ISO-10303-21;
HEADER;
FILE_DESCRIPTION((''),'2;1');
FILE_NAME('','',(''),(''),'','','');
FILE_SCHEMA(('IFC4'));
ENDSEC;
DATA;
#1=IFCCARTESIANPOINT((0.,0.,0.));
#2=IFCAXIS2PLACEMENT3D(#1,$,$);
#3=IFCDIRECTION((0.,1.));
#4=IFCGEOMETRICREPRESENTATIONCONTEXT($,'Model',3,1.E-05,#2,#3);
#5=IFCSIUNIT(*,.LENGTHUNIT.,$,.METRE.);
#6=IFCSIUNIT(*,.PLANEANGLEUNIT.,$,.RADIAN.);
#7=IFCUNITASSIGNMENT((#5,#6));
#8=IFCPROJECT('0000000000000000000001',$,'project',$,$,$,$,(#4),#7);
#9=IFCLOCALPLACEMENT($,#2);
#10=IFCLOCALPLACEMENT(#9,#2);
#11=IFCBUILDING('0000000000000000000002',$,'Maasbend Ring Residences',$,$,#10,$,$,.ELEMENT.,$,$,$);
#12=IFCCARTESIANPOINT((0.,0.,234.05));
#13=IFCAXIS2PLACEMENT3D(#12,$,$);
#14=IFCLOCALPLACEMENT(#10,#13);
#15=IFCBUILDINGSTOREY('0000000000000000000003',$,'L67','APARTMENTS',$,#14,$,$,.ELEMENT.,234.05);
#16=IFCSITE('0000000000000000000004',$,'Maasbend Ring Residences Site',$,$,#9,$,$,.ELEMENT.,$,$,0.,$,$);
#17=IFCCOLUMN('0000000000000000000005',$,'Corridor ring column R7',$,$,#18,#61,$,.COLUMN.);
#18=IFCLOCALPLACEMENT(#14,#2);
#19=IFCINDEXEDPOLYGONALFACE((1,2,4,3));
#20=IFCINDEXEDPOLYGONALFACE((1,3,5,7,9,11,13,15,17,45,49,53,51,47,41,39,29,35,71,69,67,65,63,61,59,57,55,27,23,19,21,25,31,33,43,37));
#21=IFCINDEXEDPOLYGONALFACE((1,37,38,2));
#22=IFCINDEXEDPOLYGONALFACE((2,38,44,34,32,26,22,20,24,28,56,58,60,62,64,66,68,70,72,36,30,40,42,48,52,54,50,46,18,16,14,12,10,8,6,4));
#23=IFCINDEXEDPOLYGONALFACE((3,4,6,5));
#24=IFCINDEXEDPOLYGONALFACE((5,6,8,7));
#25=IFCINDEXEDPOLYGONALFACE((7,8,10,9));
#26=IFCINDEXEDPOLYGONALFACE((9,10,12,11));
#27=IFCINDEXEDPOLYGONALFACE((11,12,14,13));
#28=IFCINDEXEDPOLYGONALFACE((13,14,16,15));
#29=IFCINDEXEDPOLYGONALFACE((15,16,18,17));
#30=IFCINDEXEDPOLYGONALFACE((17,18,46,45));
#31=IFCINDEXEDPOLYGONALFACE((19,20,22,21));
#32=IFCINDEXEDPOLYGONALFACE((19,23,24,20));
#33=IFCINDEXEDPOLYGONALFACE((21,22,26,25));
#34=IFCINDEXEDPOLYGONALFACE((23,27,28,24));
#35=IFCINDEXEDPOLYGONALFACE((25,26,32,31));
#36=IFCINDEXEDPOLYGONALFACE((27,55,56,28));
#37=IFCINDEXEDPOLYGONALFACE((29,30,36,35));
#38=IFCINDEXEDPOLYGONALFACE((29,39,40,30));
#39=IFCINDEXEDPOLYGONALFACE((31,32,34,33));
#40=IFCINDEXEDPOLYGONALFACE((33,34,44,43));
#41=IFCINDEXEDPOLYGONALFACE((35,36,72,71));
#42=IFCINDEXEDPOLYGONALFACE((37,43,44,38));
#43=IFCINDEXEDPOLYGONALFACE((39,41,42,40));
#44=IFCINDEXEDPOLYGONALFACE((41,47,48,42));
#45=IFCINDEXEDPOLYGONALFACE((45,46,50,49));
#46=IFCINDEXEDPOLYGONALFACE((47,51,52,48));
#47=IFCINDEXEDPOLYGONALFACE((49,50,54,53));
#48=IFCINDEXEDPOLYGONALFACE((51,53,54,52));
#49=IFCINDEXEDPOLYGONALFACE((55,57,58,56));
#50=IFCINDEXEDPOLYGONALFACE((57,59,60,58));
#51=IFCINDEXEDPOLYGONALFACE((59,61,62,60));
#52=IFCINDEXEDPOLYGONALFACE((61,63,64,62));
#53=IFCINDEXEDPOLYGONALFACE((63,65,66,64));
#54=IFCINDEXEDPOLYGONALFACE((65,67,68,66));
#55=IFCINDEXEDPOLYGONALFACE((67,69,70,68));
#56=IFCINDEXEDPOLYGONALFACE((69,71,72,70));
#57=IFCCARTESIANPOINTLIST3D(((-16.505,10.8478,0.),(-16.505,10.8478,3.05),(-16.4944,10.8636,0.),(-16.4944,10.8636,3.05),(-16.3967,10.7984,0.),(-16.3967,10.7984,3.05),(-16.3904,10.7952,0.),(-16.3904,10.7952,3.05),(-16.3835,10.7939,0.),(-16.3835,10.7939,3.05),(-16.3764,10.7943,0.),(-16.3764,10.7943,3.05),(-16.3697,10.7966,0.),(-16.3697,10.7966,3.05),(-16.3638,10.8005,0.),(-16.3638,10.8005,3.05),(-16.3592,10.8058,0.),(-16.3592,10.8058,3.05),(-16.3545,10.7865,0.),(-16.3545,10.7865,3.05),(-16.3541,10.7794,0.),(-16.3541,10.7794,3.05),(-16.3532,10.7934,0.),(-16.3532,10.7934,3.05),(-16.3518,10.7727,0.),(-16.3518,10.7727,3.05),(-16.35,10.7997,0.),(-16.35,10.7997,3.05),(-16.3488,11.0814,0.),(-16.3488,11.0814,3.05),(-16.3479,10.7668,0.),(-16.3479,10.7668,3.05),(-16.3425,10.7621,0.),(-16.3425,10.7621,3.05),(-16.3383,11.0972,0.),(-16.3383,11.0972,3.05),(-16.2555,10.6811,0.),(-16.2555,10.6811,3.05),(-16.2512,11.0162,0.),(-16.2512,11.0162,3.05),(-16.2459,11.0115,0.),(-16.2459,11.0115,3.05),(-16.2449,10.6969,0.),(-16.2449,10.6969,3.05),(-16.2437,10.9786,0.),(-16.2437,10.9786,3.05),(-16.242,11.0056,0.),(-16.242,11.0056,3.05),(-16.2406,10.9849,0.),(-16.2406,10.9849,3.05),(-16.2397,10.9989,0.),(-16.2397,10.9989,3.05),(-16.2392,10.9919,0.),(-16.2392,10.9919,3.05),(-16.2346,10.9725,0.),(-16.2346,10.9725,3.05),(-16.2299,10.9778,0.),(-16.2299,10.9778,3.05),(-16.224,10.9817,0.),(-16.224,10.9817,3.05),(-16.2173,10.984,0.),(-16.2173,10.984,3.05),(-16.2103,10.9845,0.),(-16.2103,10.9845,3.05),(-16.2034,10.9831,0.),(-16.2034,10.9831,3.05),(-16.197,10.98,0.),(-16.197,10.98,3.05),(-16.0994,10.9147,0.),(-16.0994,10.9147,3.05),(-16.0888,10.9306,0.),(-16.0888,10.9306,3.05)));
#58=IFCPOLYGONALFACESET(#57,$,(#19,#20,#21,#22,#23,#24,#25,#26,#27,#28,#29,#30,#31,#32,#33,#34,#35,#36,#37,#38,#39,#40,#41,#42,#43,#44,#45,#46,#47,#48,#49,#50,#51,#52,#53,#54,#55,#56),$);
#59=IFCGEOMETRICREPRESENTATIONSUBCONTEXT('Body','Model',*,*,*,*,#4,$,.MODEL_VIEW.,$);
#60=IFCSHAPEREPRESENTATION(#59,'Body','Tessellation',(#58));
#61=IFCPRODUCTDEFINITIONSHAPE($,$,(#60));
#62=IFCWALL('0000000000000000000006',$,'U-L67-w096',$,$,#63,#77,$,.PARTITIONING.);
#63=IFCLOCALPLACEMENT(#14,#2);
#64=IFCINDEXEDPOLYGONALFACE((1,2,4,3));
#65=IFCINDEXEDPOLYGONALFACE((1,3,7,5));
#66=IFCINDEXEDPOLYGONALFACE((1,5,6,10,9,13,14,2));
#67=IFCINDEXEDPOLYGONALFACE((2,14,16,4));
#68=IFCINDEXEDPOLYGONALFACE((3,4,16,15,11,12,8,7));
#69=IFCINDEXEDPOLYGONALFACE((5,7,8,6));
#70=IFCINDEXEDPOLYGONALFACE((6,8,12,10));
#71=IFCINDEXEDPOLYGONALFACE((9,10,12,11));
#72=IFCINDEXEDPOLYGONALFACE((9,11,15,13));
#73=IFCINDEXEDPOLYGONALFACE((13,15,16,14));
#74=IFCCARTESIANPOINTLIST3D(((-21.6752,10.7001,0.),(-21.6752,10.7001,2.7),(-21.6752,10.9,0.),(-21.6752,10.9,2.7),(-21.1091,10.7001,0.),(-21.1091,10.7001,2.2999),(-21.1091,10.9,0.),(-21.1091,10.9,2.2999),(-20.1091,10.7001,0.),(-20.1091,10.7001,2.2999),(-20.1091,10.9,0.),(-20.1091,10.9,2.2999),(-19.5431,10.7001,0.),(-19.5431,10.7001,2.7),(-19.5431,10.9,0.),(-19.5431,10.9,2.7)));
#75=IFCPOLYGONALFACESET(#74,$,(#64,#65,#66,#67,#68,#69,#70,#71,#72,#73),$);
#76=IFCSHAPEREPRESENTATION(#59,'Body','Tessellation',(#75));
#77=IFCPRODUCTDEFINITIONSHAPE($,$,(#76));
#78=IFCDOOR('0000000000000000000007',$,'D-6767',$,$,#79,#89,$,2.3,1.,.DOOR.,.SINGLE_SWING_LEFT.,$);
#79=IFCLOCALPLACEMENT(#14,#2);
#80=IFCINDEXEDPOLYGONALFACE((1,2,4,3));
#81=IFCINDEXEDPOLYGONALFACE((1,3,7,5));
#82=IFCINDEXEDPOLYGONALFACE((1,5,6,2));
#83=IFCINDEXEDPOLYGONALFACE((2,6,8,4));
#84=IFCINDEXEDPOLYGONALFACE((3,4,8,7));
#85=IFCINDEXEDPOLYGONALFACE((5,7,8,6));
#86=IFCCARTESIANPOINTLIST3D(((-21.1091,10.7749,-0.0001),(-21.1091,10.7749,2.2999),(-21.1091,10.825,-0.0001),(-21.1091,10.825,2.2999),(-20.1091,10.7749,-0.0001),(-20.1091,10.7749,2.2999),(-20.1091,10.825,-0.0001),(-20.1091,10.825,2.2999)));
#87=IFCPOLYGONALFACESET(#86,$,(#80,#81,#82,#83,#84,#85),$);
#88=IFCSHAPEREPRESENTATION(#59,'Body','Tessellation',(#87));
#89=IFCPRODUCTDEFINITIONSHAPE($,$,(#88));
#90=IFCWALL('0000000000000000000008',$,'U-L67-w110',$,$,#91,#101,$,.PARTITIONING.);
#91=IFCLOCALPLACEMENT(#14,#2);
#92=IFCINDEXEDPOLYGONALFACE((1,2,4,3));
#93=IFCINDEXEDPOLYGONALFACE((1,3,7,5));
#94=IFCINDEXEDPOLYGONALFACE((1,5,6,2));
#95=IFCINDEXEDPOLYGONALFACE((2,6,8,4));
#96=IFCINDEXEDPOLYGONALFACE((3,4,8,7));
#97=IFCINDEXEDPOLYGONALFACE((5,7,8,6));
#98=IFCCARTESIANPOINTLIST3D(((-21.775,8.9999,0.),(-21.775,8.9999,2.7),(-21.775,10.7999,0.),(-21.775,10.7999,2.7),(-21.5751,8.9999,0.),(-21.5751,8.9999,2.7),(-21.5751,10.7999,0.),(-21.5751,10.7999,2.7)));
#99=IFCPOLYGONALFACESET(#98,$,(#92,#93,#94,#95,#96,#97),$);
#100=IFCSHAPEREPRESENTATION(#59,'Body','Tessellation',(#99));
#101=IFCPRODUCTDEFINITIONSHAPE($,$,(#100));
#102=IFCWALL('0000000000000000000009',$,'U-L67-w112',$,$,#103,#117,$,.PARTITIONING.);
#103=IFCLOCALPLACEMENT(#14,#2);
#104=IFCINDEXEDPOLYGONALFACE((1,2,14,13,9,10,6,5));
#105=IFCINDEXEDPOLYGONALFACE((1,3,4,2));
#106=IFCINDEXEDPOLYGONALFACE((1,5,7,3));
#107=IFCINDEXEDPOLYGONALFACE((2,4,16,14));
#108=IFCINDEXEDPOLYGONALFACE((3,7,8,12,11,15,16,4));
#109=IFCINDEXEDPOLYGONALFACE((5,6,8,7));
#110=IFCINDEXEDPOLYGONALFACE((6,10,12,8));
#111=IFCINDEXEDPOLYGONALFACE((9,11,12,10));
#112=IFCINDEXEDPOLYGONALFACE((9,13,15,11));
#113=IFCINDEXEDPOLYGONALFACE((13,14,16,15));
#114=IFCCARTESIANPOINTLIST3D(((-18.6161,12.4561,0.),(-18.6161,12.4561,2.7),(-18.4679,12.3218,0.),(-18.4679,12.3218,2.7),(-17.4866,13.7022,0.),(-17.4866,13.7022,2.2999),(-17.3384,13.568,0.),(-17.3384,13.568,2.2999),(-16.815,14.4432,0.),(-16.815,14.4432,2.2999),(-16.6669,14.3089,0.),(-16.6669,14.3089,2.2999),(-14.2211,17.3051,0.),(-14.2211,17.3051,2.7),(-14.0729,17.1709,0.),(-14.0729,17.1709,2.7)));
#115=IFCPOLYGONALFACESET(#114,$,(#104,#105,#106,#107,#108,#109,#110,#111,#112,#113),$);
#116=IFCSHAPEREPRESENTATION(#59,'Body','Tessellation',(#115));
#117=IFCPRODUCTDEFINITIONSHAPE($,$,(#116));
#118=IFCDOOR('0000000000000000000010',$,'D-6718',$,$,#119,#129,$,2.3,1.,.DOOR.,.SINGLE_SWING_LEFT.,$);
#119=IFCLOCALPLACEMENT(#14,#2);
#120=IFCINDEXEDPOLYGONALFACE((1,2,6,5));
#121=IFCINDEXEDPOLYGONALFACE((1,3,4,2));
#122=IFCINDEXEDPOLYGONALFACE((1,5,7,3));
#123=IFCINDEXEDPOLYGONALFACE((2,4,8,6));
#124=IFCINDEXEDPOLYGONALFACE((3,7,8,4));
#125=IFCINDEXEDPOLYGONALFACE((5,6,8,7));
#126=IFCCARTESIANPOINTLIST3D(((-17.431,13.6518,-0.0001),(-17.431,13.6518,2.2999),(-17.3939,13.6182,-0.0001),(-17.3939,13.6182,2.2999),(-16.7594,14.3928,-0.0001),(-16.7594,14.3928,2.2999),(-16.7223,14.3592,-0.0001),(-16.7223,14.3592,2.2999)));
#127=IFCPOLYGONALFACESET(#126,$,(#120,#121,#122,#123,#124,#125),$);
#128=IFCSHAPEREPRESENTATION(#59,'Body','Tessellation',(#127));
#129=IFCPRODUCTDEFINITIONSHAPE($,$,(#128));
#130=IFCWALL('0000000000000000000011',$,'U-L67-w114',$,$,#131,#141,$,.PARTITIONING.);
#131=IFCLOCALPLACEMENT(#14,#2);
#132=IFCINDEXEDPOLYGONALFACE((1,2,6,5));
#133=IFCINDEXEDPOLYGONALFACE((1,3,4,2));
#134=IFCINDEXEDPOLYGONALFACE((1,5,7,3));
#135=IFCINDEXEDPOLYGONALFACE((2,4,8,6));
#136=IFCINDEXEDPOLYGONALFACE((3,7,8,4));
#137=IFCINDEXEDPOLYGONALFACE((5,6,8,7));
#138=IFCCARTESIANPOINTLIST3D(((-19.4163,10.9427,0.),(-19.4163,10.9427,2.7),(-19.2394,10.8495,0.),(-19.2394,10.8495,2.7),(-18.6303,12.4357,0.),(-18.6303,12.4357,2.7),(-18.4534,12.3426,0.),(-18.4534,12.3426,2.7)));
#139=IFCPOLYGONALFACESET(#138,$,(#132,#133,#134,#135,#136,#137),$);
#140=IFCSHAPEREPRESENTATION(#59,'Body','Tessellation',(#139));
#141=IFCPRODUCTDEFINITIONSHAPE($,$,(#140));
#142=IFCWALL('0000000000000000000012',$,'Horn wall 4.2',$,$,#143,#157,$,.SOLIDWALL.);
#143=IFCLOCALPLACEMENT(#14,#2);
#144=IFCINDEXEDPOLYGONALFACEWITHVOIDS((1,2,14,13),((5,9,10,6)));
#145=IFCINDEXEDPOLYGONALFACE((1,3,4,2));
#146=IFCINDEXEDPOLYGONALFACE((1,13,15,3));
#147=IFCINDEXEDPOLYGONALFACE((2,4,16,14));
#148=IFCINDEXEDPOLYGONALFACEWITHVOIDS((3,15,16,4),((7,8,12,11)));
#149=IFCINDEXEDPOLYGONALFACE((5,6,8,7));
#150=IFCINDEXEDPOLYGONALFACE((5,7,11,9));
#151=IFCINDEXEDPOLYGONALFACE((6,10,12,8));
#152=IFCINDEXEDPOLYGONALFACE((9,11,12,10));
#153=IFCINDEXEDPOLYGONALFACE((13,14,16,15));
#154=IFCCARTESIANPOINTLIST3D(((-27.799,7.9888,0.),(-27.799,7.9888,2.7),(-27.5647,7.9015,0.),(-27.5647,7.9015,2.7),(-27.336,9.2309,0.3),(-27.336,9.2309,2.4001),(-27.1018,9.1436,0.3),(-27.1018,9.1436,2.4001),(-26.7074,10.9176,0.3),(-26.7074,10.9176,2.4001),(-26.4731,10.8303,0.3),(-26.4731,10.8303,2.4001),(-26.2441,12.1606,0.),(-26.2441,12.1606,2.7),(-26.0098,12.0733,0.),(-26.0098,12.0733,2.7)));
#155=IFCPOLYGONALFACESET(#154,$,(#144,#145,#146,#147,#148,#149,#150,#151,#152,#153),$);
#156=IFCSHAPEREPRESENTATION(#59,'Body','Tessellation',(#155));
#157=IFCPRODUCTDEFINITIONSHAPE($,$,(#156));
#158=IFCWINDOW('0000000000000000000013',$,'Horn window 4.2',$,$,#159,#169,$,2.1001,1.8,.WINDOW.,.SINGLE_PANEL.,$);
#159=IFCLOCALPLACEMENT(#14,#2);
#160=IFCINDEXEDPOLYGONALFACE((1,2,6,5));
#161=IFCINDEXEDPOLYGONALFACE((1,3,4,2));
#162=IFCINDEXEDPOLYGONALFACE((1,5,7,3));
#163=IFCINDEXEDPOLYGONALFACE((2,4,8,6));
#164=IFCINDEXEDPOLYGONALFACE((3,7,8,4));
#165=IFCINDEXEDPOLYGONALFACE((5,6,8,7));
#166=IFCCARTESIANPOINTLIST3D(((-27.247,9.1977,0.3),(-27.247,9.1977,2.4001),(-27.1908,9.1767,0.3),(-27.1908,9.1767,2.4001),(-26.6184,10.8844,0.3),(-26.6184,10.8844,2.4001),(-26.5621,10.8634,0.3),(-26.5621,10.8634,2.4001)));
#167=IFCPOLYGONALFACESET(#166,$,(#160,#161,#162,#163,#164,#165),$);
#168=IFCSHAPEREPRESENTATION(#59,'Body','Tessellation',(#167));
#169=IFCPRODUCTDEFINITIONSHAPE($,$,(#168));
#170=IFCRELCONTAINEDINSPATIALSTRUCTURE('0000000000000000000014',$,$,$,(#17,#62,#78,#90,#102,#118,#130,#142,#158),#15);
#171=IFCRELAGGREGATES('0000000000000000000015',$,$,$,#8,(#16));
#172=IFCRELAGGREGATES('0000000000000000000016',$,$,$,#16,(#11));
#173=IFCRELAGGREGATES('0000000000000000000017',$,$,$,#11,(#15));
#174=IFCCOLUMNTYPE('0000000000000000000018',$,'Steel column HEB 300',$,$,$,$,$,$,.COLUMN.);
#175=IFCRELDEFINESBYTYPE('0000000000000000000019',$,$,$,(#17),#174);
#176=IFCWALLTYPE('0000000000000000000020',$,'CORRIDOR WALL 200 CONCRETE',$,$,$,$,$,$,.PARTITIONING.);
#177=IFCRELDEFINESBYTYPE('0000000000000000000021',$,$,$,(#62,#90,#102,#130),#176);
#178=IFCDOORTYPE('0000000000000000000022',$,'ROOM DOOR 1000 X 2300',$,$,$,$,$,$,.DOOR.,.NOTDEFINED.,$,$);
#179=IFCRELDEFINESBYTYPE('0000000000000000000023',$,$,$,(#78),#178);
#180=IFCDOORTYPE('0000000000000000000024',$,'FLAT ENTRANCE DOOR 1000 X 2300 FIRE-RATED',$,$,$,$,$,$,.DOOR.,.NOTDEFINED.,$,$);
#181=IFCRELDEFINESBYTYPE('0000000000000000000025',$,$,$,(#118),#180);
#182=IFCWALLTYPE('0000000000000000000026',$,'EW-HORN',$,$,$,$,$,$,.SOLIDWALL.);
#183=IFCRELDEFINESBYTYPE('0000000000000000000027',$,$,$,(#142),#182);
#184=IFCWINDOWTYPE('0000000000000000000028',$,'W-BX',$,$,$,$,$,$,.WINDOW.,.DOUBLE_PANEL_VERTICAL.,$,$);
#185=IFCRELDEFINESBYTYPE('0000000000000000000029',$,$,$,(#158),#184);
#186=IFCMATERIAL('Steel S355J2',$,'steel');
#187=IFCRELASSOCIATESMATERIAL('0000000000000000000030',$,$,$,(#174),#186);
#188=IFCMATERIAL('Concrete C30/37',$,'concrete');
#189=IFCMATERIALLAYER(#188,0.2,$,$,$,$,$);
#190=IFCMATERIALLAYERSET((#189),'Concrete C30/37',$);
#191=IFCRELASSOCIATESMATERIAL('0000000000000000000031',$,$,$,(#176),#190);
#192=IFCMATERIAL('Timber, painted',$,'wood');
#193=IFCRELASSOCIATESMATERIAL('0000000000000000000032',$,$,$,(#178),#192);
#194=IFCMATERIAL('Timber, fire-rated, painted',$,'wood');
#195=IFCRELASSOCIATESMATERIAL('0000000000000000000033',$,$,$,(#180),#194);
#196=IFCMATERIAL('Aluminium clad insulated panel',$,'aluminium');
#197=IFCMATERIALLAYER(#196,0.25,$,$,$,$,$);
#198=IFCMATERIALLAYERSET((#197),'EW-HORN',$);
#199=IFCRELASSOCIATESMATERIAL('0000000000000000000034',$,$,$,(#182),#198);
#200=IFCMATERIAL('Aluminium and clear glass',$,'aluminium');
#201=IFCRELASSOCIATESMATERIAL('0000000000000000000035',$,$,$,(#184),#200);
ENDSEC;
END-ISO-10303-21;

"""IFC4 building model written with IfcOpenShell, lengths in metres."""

from ifc_helpers import new_model, si_unit, direction, frame, frame_2d, origin, origin_2d, place, context, subcontext, project, spatial, rectangle, i_section, extrude, material, layer, layer_set, material_profile, profile_set, type_object, element, fill, save


model = new_model("IFC4")

# Units and contexts
model_context = context("Model", 3, precision=1e-05, world=origin(), true_north=direction((0.0, 1.0)))
body_context = subcontext(model_context, "Body", "Model", "MODEL_VIEW")
ifc_project = project(units=[si_unit("LENGTHUNIT", "METRE"), si_unit("PLANEANGLEUNIT", "RADIAN")], contexts=[model_context])

# Site, building, storey
site_placement = place(None, origin())
site = spatial("IfcSite", under=ifc_project, at=site_placement, Name="Maasbend Ring Residences Site", CompositionType="ELEMENT", RefElevation=0.0)
building_placement = place(site_placement, origin())
building = spatial("IfcBuilding", under=site, at=building_placement, Name="Maasbend Ring Residences", CompositionType="ELEMENT")
storey_placement = place(building_placement, frame((0.0, 0.0, 234.05)))
storey = spatial("IfcBuildingStorey", under=building, at=storey_placement, Name="L67", Description="APARTMENTS", CompositionType="ELEMENT", Elevation=234.05)

# Column
ifc_material_1 = material(Name="Steel S355J2", Category="steel")
ifc_material_profile = material_profile(ifc_material_1, i_section(OverallWidth=0.3, OverallDepth=0.3, WebThickness=0.011, FlangeThickness=0.019, FilletRadius=0.0271, at=origin_2d()), Name="HEB 300")
ifc_profile_set = profile_set([ifc_material_profile], Name="Steel S355J2")
column_type = type_object("IfcColumnType", Name="Steel column HEB 300", PredefinedType="COLUMN", material=ifc_profile_set)
column_placement = place(storey_placement, frame((-16.2969, 10.8892, 0.0), z_axis=(0.0, 0.0, 1.0), x_axis=(-0.83147, 0.55557, 0.0)))
element("IfcColumn", 1, at=column_placement, inside=storey, type_object=column_type, Name="Corridor ring column R7", PredefinedType="COLUMN", context=body_context, shape_type="SweptSolid", body=[
    extrude(i_section(OverallWidth=0.3, OverallDepth=0.3, WebThickness=0.011, FlangeThickness=0.019, FilletRadius=0.0271, at=origin_2d()), origin(), (0.0, 0.0, 1.0), 3.05),
])

# Wall, opening, door
ifc_material_2 = material(Name="Concrete C30/37", Category="concrete")
ifc_layer_1 = layer(ifc_material_2, 0.2)
ifc_layer_set_1 = layer_set([ifc_layer_1], Name="Concrete C30/37")
wall_type_1 = type_object("IfcWallType", Name="CORRIDOR WALL 200 CONCRETE", PredefinedType="PARTITIONING", material=ifc_layer_set_1)
wall_1_placement = place(storey_placement, frame((-21.675, 10.8, 0.0), z_axis=(0.0, 0.0, 1.0), x_axis=(1.0, 0.0, 0.0)))
wall_1 = element("IfcWall", 2, at=wall_1_placement, inside=storey, type_object=wall_type_1, Name="U-L67-w096", PredefinedType="PARTITIONING", context=body_context, shape_type="SweptSolid", body=[
    extrude(rectangle(XDim=2.1321, YDim=0.2, at=frame_2d((1.0659, 0.0))), origin(), (0.0, 0.0, 1.0), 2.7),
])
opening_1_placement = place(wall_1_placement, frame((0.5659, 0.0, 0.0)))
opening_1 = element("IfcOpeningElement", 3, at=opening_1_placement, cuts=wall_1, PredefinedType="OPENING", context=body_context, shape_type="SweptSolid", body=[
    extrude(rectangle(XDim=1.0, YDim=2.3, at=frame_2d((0.5, 1.1499))), frame((0.0, 0.1099, 0.0), z_axis=(0.0, -1.0, 0.0), x_axis=(1.0, 0.0, 0.0)), (0.0, 0.0, 1.0), 0.22),
])
ifc_material_3 = material(Name="Timber, painted", Category="wood")
door_type_1 = type_object("IfcDoorType", Name="ROOM DOOR 1000 X 2300", OperationType="NOTDEFINED", PredefinedType="DOOR", material=ifc_material_3)
door_1_placement = place(opening_1_placement, origin())
door_1 = element("IfcDoor", 4, at=door_1_placement, inside=storey, type_object=door_type_1, Name="D-6767", OperationType="SINGLE_SWING_LEFT", OverallHeight=2.3, OverallWidth=1.0, PredefinedType="DOOR", context=body_context, shape_type="SweptSolid", body=[
    extrude(rectangle(XDim=1.0, YDim=2.3, at=frame_2d((0.5, 1.1499))), frame((0.0, 0.0249, 0.0), z_axis=(0.0, -1.0, 0.0), x_axis=(1.0, 0.0, 0.0)), (0.0, 0.0, 1.0), 0.05),
])
fill(opening_1, door_1)

# Wall
wall_2_placement = place(storey_placement, frame((-21.675, 9.0, 0.0), z_axis=(0.0, 0.0, 1.0), x_axis=(0.0, 1.0, 0.0)))
element("IfcWall", 5, at=wall_2_placement, inside=storey, type_object=wall_type_1, Name="U-L67-w110", PredefinedType="PARTITIONING", context=body_context, shape_type="SweptSolid", body=[
    extrude(rectangle(XDim=1.8, YDim=0.2, at=frame_2d((0.8999, 0.0))), origin(), (0.0, 0.0, 1.0), 2.7),
])

# Wall, opening, door
wall_3_placement = place(storey_placement, frame((-18.542, 12.3889, 0.0), z_axis=(0.0, 0.0, 1.0), x_axis=(0.671562, 0.740949, 0.0)))
wall_3 = element("IfcWall", 6, at=wall_3_placement, inside=storey, type_object=wall_type_1, Name="U-L67-w112", PredefinedType="PARTITIONING", context=body_context, shape_type="SweptSolid", body=[
    extrude(rectangle(XDim=6.5444, YDim=0.2, at=frame_2d((3.2722, 0.0))), origin(), (0.0, 0.0, 1.0), 2.7),
])
opening_2_placement = place(wall_3_placement, frame((1.6819, 0.0, 0.0)))
opening_2 = element("IfcOpeningElement", 7, at=opening_2_placement, cuts=wall_3, PredefinedType="OPENING", context=body_context, shape_type="SweptSolid", body=[
    extrude(rectangle(XDim=1.0, YDim=2.3, at=frame_2d((0.5, 1.1499))), frame((0.0, 0.1099, 0.0), z_axis=(0.0, -1.0, 0.0), x_axis=(1.0, 0.0, 0.0)), (0.0, 0.0, 1.0), 0.22),
])
ifc_material_4 = material(Name="Timber, fire-rated, painted", Category="wood")
door_type_2 = type_object("IfcDoorType", Name="FLAT ENTRANCE DOOR 1000 X 2300 FIRE-RATED", OperationType="NOTDEFINED", PredefinedType="DOOR", material=ifc_material_4)
door_2_placement = place(opening_2_placement, origin())
door_2 = element("IfcDoor", 8, at=door_2_placement, inside=storey, type_object=door_type_2, Name="D-6718", OperationType="SINGLE_SWING_LEFT", OverallHeight=2.3, OverallWidth=1.0, PredefinedType="DOOR", context=body_context, shape_type="SweptSolid", body=[
    extrude(rectangle(XDim=1.0, YDim=2.3, at=frame_2d((0.5, 1.1499))), frame((0.0, 0.0249, 0.0), z_axis=(0.0, -1.0, 0.0), x_axis=(1.0, 0.0, 0.0)), (0.0, 0.0, 1.0), 0.05),
])
fill(opening_2, door_2)

# Wall
wall_4_placement = place(storey_placement, frame((-19.3279, 10.896, 0.0), z_axis=(0.0, 0.0, 1.0), x_axis=(0.465812, 0.884884, 0.0)))
element("IfcWall", 9, at=wall_4_placement, inside=storey, type_object=wall_type_1, Name="U-L67-w114", PredefinedType="PARTITIONING", context=body_context, shape_type="SweptSolid", body=[
    extrude(rectangle(XDim=1.6873, YDim=0.2, at=frame_2d((0.8438, 0.0))), origin(), (0.0, 0.0, 1.0), 2.7),
])

# Wall, opening, window
ifc_material_5 = material(Name="Aluminium clad insulated panel", Category="aluminium")
ifc_layer_2 = layer(ifc_material_5, 0.25)
ifc_layer_set_2 = layer_set([ifc_layer_2], Name="EW-HORN")
wall_type_2 = type_object("IfcWallType", Name="EW-HORN", PredefinedType="SOLIDWALL", material=ifc_layer_set_2)
wall_5_placement = place(storey_placement, frame((-26.127, 12.1169, 0.0), z_axis=(0.0, 0.0, 1.0), x_axis=(-0.349248, -0.93703, 0.0)))
wall_5 = element("IfcWall", 10, at=wall_5_placement, inside=storey, type_object=wall_type_2, Name="Horn wall 4.2", PredefinedType="SOLIDWALL", context=body_context, shape_type="SweptSolid", body=[
    extrude(rectangle(XDim=4.4521, YDim=0.25, at=frame_2d((2.2261, 0.0))), origin(), (0.0, 0.0, 1.0), 2.7),
])
opening_3_placement = place(wall_5_placement, frame((1.3267, 0.0, 0.3)))
opening_3 = element("IfcOpeningElement", 11, at=opening_3_placement, cuts=wall_5, PredefinedType="OPENING", context=body_context, shape_type="SweptSolid", body=[
    extrude(rectangle(XDim=1.8, YDim=2.1001, at=frame_2d((0.8999, 1.05))), frame((0.0, 0.135, 0.0), z_axis=(0.0, -1.0, 0.0), x_axis=(1.0, 0.0, 0.0)), (0.0, 0.0, 1.0), 0.27),
])
ifc_material_6 = material(Name="Aluminium and clear glass", Category="aluminium")
window_type_1 = type_object("IfcWindowType", Name="W-BX", PartitioningType="DOUBLE_PANEL_VERTICAL", PredefinedType="WINDOW", material=ifc_material_6)
window_1_placement = place(opening_3_placement, origin())
window_1 = element("IfcWindow", 12, at=window_1_placement, inside=storey, type_object=window_type_1, Name="Horn window 4.2", OverallHeight=2.1001, OverallWidth=1.8, PartitioningType="SINGLE_PANEL", PredefinedType="WINDOW", context=body_context, shape_type="SweptSolid", body=[
    extrude(rectangle(XDim=1.8, YDim=2.1001, at=frame_2d((0.8999, 1.05))), frame((0.0, 0.03, 0.0), z_axis=(0.0, -1.0, 0.0), x_axis=(1.0, 0.0, 0.0)), (0.0, 0.0, 1.0), 0.0601),
])
fill(opening_3, window_1)

save(model, "model.ifc")
